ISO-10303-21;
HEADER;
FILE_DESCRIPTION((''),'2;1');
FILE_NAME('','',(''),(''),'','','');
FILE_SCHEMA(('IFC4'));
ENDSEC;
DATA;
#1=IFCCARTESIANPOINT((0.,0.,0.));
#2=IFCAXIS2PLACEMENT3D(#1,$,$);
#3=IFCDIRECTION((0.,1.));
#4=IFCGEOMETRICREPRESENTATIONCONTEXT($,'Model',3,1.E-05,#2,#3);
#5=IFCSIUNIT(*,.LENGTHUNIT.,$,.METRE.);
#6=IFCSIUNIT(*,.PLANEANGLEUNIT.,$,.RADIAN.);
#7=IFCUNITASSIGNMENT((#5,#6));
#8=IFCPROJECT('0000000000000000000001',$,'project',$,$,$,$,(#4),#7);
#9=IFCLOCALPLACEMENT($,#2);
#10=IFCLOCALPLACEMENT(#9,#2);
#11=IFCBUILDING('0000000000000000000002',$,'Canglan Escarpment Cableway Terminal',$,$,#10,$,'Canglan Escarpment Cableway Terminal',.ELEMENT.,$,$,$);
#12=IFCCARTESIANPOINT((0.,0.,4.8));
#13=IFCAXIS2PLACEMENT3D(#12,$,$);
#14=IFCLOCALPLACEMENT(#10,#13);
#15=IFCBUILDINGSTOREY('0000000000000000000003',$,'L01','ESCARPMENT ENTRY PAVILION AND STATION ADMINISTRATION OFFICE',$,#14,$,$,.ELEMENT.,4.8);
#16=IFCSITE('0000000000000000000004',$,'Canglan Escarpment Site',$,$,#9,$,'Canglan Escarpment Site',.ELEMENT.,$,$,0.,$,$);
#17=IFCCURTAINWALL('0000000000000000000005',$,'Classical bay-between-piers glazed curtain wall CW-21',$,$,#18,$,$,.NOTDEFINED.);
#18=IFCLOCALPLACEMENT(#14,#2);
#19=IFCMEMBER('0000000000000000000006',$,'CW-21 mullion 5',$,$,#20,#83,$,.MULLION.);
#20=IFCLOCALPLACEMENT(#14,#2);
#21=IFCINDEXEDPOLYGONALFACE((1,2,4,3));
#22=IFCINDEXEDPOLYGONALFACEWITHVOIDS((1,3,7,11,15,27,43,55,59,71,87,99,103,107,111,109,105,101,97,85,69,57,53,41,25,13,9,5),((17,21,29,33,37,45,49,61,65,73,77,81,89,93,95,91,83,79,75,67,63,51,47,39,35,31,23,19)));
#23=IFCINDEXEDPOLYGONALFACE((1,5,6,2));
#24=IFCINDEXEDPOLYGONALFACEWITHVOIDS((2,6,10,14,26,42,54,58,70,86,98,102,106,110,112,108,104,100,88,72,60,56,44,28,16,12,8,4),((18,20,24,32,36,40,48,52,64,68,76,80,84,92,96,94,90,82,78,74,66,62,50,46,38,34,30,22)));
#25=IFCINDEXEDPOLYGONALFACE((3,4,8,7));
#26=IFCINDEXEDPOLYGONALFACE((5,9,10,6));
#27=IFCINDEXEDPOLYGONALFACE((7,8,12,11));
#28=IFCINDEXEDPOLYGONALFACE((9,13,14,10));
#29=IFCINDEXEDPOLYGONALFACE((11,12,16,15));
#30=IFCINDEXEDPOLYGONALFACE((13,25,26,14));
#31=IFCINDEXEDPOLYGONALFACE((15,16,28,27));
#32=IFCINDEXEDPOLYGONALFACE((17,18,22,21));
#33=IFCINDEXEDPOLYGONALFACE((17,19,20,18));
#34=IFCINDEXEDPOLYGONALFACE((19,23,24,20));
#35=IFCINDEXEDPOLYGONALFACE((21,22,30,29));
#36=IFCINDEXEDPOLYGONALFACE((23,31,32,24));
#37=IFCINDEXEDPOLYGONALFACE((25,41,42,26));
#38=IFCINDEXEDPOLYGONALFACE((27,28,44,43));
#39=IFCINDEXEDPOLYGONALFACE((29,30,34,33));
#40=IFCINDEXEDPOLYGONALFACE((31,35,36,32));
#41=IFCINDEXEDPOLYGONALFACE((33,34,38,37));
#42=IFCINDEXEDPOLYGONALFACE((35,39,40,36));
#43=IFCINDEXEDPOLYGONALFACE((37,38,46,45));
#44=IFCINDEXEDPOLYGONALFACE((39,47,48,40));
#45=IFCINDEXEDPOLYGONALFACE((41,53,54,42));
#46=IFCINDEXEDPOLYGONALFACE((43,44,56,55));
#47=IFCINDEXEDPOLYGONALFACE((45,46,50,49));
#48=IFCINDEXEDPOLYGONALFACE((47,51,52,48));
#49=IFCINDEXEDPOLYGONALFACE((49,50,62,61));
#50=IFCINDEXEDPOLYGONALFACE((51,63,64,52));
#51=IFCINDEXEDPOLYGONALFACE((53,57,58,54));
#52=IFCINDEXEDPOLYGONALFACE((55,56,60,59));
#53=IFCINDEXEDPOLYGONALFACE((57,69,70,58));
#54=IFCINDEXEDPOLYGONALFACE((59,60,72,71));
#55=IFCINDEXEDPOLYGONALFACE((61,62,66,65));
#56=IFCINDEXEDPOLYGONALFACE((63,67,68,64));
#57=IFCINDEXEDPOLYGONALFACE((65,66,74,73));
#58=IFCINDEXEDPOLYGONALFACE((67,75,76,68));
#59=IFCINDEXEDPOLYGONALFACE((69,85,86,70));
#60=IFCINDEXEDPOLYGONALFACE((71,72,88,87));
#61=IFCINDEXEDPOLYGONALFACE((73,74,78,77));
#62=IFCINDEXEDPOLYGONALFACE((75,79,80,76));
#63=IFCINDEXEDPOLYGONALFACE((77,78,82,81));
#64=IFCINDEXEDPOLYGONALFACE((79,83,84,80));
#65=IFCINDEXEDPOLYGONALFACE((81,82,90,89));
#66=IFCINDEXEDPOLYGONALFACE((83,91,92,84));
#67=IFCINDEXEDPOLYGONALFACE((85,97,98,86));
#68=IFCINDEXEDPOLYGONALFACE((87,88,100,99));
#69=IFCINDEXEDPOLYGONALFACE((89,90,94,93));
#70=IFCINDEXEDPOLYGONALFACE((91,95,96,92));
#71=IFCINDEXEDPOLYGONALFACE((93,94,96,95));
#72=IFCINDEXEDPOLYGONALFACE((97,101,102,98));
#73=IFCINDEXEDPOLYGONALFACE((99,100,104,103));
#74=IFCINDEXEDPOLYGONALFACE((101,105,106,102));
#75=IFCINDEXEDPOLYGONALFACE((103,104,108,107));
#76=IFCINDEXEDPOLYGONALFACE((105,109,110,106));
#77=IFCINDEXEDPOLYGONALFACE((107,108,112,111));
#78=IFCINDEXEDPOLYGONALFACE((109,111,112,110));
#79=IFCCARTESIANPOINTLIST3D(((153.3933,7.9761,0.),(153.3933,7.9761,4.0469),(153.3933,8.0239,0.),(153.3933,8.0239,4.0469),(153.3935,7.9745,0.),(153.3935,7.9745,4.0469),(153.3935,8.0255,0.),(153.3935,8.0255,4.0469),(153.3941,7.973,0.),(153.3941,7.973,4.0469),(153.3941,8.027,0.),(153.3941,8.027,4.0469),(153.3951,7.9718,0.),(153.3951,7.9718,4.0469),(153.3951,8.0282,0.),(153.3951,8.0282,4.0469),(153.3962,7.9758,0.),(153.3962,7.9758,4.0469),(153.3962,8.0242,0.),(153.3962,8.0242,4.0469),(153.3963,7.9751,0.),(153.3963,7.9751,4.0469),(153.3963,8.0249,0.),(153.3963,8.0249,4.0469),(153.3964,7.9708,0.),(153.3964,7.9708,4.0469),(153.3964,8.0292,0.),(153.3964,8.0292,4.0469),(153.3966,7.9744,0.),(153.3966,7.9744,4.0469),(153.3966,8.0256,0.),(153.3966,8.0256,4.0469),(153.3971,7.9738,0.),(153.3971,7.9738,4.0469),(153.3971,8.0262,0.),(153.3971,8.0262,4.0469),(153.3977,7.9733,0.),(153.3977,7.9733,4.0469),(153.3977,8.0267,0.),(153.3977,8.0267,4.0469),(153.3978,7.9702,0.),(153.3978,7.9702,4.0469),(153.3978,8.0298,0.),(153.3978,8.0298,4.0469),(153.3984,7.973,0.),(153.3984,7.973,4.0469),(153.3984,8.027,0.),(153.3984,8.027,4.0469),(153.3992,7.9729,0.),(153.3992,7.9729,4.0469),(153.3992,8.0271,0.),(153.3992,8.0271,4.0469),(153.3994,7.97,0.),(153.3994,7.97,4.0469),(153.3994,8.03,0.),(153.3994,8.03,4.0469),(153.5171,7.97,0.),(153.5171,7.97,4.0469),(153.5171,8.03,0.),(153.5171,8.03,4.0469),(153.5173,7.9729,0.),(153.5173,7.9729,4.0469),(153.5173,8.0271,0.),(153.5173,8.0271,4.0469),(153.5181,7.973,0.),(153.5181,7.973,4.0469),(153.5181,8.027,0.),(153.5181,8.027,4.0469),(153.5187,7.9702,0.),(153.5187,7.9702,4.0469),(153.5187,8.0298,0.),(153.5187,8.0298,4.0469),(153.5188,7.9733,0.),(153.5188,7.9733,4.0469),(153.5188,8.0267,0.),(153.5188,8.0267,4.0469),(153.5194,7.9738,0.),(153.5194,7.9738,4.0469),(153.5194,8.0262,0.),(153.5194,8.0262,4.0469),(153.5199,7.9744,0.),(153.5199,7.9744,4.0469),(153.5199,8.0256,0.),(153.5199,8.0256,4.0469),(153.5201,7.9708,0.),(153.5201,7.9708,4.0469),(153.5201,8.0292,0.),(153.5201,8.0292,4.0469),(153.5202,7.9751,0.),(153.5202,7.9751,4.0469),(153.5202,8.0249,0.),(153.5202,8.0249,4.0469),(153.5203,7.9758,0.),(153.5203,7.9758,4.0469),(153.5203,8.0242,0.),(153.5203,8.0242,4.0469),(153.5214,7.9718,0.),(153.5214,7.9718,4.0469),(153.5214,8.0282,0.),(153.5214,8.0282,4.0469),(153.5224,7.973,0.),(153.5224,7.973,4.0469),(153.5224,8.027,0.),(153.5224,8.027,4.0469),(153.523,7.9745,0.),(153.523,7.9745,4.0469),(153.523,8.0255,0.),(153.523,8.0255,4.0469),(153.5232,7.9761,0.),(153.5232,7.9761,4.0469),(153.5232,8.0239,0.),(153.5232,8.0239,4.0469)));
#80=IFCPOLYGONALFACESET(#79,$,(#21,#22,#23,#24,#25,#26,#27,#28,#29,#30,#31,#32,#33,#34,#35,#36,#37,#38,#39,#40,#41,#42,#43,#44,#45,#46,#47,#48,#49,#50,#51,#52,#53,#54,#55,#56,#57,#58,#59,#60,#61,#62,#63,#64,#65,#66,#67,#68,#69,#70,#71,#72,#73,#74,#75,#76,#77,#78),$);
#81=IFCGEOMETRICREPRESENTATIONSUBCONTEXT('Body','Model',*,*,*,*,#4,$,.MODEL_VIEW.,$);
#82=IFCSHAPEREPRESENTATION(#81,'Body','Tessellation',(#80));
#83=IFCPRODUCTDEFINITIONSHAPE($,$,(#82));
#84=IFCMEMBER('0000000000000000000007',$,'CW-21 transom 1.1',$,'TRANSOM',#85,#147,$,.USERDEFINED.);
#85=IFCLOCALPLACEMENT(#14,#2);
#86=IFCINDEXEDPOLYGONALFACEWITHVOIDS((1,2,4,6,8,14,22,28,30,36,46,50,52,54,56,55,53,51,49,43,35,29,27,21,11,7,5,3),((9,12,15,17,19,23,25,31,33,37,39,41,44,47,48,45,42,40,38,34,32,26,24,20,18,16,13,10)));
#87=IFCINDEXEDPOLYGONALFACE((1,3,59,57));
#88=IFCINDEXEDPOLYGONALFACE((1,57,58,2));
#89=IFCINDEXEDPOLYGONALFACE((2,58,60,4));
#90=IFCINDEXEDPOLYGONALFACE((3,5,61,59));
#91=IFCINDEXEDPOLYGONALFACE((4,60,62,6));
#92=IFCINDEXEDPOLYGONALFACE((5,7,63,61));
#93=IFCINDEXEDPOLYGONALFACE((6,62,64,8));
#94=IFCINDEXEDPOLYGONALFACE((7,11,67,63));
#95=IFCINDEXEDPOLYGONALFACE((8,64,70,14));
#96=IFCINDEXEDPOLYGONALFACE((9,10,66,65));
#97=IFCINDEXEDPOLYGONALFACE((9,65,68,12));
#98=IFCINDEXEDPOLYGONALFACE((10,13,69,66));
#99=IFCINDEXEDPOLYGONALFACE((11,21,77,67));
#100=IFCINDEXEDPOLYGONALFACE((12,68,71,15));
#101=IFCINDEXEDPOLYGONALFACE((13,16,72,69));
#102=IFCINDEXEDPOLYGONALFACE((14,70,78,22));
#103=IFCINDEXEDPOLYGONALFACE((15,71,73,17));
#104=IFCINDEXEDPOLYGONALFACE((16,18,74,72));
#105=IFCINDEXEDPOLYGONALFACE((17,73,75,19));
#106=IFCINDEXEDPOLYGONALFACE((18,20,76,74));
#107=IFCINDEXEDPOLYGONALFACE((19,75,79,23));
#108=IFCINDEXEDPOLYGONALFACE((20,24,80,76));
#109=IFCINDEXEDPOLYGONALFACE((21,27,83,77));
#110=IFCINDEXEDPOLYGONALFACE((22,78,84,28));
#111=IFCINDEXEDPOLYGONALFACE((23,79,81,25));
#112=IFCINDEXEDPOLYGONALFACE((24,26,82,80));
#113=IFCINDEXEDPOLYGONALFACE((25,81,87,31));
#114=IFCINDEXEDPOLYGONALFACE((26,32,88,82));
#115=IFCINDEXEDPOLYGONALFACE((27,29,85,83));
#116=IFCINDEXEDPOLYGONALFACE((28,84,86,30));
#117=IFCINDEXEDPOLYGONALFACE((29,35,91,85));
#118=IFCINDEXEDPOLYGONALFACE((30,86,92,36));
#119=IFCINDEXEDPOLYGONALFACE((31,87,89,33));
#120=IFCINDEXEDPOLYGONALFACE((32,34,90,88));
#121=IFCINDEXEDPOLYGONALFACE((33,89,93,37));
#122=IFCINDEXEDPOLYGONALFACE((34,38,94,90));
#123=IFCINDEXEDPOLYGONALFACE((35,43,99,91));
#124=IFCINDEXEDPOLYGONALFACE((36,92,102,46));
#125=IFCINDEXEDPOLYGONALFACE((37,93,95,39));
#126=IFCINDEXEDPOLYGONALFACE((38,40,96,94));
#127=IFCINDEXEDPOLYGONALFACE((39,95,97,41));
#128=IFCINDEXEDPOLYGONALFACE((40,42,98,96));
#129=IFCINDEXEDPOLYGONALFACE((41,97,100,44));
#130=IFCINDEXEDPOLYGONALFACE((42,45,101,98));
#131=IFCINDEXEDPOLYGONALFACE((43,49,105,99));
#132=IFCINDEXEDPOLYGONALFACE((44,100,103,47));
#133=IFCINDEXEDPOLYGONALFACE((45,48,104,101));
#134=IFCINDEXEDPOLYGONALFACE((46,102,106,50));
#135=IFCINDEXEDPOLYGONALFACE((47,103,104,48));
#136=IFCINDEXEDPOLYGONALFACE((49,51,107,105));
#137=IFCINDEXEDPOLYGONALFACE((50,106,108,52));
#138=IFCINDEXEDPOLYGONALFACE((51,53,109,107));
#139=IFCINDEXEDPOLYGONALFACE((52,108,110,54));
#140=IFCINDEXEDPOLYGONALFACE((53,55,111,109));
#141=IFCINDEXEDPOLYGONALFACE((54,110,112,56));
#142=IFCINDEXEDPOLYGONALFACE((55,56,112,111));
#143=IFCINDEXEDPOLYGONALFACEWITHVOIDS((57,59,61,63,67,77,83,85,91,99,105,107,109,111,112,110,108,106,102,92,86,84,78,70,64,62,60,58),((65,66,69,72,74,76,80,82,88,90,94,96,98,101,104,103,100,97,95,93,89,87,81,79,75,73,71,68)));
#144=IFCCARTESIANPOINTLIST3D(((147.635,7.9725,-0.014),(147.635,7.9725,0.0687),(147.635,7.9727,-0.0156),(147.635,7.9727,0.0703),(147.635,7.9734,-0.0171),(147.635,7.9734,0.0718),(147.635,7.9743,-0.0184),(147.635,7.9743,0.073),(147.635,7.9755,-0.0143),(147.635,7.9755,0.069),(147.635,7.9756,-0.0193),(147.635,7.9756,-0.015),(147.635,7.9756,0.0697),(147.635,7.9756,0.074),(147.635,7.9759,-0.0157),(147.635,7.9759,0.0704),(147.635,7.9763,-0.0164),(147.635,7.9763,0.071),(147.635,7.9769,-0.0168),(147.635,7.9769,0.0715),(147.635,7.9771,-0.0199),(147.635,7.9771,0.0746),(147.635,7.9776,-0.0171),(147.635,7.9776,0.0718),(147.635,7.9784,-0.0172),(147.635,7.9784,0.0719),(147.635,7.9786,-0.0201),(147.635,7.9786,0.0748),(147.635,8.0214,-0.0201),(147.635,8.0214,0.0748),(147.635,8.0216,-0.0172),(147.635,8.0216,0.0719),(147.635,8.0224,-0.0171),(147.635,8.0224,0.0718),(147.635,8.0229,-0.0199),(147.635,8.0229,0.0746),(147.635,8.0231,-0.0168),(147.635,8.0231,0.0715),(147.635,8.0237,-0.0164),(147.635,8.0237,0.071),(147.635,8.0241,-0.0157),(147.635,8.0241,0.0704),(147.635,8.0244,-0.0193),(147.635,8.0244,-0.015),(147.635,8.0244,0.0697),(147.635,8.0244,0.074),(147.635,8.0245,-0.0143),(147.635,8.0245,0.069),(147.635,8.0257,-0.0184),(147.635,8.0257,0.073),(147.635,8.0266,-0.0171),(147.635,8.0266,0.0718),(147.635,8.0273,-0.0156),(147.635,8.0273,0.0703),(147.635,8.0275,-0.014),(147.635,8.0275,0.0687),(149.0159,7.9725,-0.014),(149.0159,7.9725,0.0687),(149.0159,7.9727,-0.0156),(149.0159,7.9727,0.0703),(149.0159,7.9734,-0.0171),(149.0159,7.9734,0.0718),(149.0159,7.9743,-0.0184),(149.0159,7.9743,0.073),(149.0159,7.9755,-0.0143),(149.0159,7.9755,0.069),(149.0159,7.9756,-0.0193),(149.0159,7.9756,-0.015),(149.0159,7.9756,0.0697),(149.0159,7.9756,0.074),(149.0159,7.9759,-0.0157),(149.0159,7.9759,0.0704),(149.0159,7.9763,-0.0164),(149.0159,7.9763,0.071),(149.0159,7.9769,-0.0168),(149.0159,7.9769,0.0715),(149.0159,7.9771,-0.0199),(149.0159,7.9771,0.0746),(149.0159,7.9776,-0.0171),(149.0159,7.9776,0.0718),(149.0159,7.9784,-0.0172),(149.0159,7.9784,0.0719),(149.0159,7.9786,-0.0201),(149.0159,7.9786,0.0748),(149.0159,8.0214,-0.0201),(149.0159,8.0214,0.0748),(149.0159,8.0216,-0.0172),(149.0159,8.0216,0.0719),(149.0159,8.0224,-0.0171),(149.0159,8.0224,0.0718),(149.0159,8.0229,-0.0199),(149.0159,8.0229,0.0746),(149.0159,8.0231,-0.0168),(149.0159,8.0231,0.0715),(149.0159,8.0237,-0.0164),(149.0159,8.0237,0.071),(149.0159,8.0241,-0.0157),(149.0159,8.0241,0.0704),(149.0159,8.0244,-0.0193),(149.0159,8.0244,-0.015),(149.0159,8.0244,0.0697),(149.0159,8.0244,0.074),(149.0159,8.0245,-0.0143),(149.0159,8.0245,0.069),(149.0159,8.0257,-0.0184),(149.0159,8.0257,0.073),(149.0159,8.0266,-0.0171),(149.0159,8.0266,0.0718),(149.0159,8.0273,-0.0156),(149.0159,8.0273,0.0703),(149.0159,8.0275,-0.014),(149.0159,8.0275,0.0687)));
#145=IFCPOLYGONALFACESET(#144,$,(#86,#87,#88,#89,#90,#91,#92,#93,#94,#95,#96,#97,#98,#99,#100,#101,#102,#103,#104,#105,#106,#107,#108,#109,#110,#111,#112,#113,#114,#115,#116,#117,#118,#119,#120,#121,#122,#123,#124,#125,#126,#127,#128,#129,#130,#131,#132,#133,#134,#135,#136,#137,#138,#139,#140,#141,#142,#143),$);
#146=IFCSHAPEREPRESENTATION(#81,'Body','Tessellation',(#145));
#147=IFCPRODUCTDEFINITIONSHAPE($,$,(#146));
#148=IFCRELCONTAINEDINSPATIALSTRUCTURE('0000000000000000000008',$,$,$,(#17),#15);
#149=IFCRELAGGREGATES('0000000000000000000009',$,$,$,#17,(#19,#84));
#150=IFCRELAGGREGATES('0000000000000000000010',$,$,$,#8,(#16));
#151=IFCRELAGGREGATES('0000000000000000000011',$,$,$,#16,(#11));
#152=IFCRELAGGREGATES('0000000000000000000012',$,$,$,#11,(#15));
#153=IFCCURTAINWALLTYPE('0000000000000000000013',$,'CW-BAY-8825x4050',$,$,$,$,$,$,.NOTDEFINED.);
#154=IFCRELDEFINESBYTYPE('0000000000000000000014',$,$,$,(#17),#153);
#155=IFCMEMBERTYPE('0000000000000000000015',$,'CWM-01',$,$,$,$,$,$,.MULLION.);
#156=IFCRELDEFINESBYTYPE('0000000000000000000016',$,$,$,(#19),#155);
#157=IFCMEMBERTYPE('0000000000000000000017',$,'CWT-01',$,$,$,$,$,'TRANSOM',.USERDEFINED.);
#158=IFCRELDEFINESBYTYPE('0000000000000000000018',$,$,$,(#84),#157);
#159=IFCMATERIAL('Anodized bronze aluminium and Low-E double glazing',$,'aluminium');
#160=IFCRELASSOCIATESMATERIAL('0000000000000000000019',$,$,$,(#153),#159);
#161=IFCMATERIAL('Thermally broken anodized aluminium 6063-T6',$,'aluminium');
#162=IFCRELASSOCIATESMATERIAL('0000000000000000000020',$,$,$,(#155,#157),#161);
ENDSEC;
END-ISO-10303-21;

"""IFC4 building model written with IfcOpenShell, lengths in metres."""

from ifc_helpers import new_model, si_unit, direction, frame, origin, origin_2d, place, context, subcontext, project, spatial, hollow_rectangle, extrude, material, material_profile, profile_set, type_object, element, aggregate, save


model = new_model("IFC4")

# Units and contexts
model_context = context("Model", 3, precision=1e-05, world=origin(), true_north=direction((0.0, 1.0)))
body_context = subcontext(model_context, "Body", "Model", "MODEL_VIEW")
ifc_project = project(units=[si_unit("LENGTHUNIT", "METRE"), si_unit("PLANEANGLEUNIT", "RADIAN")], contexts=[model_context])

# Site, building, storey
site_placement = place(None, origin())
site = spatial("IfcSite", under=ifc_project, at=site_placement, Name="Canglan Escarpment Site", LongName="Canglan Escarpment Site", CompositionType="ELEMENT", RefElevation=0.0)
building_placement = place(site_placement, origin())
building = spatial("IfcBuilding", under=site, at=building_placement, Name="Canglan Escarpment Cableway Terminal", LongName="Canglan Escarpment Cableway Terminal", CompositionType="ELEMENT")
storey_placement = place(building_placement, frame((0.0, 0.0, 4.8)))
storey = spatial("IfcBuildingStorey", under=building, at=storey_placement, Name="L01", Description="ESCARPMENT ENTRY PAVILION AND STATION ADMINISTRATION OFFICE", CompositionType="ELEMENT", Elevation=4.8)

# Curtain wall, members
ifc_material_1 = material(Name="Anodized bronze aluminium and Low-E double glazing", Category="aluminium")
curtain_wall_type = type_object("IfcCurtainWallType", Name="CW-BAY-8825x4050", PredefinedType="NOTDEFINED", material=ifc_material_1)
curtain_wall_placement = place(storey_placement, origin())
curtain_wall = element("IfcCurtainWall", 1, at=curtain_wall_placement, inside=storey, type_object=curtain_wall_type, Name="Classical bay-between-piers glazed curtain wall CW-21", PredefinedType="NOTDEFINED")
ifc_material_2 = material(Name="Thermally broken anodized aluminium 6063-T6", Category="aluminium")
ifc_material_profile_1 = material_profile(ifc_material_2, hollow_rectangle(XDim=0.0601, YDim=0.1299, WallThickness=0.0029, InnerFilletRadius=0.0029, OuterFilletRadius=0.0061, at=origin_2d()), Name="ALU-MULL 60x130x3")
ifc_profile_set_1 = profile_set([ifc_material_profile_1], Name="Thermally broken anodized aluminium 6063-T6")
member_type_1 = type_object("IfcMemberType", Name="CWM-01", PredefinedType="MULLION", material=ifc_profile_set_1)
member_1_placement = place(storey_placement, frame((153.4583, 8.0, 0.0), z_axis=(0.0, 0.0, 1.0), x_axis=(0.0, 1.0, 0.0)))
member_1 = element("IfcMember", 2, at=member_1_placement, type_object=member_type_1, Name="CW-21 mullion 5", PredefinedType="MULLION", context=body_context, shape_type="SweptSolid", body=[
    extrude(hollow_rectangle(XDim=0.0601, YDim=0.1299, WallThickness=0.0029, InnerFilletRadius=0.0029, OuterFilletRadius=0.0061, at=origin_2d()), origin(), (0.0, 0.0, 1.0), 4.0469),
])
ifc_material_profile_2 = material_profile(ifc_material_2, hollow_rectangle(XDim=0.0549, YDim=0.095, WallThickness=0.0029, InnerFilletRadius=0.0029, OuterFilletRadius=0.0061, at=origin_2d()), Name="ALU-TRAN 55x95x3")
ifc_profile_set_2 = profile_set([ifc_material_profile_2], Name="Thermally broken anodized aluminium 6063-T6")
member_type_2 = type_object("IfcMemberType", Name="CWT-01", ElementType="TRANSOM", PredefinedType="USERDEFINED", material=ifc_profile_set_2)
member_2_placement = place(storey_placement, frame((147.635, 8.0, 0.0273), z_axis=(1.0, 0.0, 0.0), x_axis=(0.0, 1.0, 0.0)))
member_2 = element("IfcMember", 3, at=member_2_placement, type_object=member_type_2, Name="CW-21 transom 1.1", ObjectType="TRANSOM", PredefinedType="USERDEFINED", context=body_context, shape_type="SweptSolid", body=[
    extrude(hollow_rectangle(XDim=0.0549, YDim=0.095, WallThickness=0.0029, InnerFilletRadius=0.0029, OuterFilletRadius=0.0061, at=origin_2d()), origin(), (0.0, 0.0, 1.0), 1.3809),
])
aggregate(curtain_wall, [member_1, member_2])

save(model, "model.ifc")
